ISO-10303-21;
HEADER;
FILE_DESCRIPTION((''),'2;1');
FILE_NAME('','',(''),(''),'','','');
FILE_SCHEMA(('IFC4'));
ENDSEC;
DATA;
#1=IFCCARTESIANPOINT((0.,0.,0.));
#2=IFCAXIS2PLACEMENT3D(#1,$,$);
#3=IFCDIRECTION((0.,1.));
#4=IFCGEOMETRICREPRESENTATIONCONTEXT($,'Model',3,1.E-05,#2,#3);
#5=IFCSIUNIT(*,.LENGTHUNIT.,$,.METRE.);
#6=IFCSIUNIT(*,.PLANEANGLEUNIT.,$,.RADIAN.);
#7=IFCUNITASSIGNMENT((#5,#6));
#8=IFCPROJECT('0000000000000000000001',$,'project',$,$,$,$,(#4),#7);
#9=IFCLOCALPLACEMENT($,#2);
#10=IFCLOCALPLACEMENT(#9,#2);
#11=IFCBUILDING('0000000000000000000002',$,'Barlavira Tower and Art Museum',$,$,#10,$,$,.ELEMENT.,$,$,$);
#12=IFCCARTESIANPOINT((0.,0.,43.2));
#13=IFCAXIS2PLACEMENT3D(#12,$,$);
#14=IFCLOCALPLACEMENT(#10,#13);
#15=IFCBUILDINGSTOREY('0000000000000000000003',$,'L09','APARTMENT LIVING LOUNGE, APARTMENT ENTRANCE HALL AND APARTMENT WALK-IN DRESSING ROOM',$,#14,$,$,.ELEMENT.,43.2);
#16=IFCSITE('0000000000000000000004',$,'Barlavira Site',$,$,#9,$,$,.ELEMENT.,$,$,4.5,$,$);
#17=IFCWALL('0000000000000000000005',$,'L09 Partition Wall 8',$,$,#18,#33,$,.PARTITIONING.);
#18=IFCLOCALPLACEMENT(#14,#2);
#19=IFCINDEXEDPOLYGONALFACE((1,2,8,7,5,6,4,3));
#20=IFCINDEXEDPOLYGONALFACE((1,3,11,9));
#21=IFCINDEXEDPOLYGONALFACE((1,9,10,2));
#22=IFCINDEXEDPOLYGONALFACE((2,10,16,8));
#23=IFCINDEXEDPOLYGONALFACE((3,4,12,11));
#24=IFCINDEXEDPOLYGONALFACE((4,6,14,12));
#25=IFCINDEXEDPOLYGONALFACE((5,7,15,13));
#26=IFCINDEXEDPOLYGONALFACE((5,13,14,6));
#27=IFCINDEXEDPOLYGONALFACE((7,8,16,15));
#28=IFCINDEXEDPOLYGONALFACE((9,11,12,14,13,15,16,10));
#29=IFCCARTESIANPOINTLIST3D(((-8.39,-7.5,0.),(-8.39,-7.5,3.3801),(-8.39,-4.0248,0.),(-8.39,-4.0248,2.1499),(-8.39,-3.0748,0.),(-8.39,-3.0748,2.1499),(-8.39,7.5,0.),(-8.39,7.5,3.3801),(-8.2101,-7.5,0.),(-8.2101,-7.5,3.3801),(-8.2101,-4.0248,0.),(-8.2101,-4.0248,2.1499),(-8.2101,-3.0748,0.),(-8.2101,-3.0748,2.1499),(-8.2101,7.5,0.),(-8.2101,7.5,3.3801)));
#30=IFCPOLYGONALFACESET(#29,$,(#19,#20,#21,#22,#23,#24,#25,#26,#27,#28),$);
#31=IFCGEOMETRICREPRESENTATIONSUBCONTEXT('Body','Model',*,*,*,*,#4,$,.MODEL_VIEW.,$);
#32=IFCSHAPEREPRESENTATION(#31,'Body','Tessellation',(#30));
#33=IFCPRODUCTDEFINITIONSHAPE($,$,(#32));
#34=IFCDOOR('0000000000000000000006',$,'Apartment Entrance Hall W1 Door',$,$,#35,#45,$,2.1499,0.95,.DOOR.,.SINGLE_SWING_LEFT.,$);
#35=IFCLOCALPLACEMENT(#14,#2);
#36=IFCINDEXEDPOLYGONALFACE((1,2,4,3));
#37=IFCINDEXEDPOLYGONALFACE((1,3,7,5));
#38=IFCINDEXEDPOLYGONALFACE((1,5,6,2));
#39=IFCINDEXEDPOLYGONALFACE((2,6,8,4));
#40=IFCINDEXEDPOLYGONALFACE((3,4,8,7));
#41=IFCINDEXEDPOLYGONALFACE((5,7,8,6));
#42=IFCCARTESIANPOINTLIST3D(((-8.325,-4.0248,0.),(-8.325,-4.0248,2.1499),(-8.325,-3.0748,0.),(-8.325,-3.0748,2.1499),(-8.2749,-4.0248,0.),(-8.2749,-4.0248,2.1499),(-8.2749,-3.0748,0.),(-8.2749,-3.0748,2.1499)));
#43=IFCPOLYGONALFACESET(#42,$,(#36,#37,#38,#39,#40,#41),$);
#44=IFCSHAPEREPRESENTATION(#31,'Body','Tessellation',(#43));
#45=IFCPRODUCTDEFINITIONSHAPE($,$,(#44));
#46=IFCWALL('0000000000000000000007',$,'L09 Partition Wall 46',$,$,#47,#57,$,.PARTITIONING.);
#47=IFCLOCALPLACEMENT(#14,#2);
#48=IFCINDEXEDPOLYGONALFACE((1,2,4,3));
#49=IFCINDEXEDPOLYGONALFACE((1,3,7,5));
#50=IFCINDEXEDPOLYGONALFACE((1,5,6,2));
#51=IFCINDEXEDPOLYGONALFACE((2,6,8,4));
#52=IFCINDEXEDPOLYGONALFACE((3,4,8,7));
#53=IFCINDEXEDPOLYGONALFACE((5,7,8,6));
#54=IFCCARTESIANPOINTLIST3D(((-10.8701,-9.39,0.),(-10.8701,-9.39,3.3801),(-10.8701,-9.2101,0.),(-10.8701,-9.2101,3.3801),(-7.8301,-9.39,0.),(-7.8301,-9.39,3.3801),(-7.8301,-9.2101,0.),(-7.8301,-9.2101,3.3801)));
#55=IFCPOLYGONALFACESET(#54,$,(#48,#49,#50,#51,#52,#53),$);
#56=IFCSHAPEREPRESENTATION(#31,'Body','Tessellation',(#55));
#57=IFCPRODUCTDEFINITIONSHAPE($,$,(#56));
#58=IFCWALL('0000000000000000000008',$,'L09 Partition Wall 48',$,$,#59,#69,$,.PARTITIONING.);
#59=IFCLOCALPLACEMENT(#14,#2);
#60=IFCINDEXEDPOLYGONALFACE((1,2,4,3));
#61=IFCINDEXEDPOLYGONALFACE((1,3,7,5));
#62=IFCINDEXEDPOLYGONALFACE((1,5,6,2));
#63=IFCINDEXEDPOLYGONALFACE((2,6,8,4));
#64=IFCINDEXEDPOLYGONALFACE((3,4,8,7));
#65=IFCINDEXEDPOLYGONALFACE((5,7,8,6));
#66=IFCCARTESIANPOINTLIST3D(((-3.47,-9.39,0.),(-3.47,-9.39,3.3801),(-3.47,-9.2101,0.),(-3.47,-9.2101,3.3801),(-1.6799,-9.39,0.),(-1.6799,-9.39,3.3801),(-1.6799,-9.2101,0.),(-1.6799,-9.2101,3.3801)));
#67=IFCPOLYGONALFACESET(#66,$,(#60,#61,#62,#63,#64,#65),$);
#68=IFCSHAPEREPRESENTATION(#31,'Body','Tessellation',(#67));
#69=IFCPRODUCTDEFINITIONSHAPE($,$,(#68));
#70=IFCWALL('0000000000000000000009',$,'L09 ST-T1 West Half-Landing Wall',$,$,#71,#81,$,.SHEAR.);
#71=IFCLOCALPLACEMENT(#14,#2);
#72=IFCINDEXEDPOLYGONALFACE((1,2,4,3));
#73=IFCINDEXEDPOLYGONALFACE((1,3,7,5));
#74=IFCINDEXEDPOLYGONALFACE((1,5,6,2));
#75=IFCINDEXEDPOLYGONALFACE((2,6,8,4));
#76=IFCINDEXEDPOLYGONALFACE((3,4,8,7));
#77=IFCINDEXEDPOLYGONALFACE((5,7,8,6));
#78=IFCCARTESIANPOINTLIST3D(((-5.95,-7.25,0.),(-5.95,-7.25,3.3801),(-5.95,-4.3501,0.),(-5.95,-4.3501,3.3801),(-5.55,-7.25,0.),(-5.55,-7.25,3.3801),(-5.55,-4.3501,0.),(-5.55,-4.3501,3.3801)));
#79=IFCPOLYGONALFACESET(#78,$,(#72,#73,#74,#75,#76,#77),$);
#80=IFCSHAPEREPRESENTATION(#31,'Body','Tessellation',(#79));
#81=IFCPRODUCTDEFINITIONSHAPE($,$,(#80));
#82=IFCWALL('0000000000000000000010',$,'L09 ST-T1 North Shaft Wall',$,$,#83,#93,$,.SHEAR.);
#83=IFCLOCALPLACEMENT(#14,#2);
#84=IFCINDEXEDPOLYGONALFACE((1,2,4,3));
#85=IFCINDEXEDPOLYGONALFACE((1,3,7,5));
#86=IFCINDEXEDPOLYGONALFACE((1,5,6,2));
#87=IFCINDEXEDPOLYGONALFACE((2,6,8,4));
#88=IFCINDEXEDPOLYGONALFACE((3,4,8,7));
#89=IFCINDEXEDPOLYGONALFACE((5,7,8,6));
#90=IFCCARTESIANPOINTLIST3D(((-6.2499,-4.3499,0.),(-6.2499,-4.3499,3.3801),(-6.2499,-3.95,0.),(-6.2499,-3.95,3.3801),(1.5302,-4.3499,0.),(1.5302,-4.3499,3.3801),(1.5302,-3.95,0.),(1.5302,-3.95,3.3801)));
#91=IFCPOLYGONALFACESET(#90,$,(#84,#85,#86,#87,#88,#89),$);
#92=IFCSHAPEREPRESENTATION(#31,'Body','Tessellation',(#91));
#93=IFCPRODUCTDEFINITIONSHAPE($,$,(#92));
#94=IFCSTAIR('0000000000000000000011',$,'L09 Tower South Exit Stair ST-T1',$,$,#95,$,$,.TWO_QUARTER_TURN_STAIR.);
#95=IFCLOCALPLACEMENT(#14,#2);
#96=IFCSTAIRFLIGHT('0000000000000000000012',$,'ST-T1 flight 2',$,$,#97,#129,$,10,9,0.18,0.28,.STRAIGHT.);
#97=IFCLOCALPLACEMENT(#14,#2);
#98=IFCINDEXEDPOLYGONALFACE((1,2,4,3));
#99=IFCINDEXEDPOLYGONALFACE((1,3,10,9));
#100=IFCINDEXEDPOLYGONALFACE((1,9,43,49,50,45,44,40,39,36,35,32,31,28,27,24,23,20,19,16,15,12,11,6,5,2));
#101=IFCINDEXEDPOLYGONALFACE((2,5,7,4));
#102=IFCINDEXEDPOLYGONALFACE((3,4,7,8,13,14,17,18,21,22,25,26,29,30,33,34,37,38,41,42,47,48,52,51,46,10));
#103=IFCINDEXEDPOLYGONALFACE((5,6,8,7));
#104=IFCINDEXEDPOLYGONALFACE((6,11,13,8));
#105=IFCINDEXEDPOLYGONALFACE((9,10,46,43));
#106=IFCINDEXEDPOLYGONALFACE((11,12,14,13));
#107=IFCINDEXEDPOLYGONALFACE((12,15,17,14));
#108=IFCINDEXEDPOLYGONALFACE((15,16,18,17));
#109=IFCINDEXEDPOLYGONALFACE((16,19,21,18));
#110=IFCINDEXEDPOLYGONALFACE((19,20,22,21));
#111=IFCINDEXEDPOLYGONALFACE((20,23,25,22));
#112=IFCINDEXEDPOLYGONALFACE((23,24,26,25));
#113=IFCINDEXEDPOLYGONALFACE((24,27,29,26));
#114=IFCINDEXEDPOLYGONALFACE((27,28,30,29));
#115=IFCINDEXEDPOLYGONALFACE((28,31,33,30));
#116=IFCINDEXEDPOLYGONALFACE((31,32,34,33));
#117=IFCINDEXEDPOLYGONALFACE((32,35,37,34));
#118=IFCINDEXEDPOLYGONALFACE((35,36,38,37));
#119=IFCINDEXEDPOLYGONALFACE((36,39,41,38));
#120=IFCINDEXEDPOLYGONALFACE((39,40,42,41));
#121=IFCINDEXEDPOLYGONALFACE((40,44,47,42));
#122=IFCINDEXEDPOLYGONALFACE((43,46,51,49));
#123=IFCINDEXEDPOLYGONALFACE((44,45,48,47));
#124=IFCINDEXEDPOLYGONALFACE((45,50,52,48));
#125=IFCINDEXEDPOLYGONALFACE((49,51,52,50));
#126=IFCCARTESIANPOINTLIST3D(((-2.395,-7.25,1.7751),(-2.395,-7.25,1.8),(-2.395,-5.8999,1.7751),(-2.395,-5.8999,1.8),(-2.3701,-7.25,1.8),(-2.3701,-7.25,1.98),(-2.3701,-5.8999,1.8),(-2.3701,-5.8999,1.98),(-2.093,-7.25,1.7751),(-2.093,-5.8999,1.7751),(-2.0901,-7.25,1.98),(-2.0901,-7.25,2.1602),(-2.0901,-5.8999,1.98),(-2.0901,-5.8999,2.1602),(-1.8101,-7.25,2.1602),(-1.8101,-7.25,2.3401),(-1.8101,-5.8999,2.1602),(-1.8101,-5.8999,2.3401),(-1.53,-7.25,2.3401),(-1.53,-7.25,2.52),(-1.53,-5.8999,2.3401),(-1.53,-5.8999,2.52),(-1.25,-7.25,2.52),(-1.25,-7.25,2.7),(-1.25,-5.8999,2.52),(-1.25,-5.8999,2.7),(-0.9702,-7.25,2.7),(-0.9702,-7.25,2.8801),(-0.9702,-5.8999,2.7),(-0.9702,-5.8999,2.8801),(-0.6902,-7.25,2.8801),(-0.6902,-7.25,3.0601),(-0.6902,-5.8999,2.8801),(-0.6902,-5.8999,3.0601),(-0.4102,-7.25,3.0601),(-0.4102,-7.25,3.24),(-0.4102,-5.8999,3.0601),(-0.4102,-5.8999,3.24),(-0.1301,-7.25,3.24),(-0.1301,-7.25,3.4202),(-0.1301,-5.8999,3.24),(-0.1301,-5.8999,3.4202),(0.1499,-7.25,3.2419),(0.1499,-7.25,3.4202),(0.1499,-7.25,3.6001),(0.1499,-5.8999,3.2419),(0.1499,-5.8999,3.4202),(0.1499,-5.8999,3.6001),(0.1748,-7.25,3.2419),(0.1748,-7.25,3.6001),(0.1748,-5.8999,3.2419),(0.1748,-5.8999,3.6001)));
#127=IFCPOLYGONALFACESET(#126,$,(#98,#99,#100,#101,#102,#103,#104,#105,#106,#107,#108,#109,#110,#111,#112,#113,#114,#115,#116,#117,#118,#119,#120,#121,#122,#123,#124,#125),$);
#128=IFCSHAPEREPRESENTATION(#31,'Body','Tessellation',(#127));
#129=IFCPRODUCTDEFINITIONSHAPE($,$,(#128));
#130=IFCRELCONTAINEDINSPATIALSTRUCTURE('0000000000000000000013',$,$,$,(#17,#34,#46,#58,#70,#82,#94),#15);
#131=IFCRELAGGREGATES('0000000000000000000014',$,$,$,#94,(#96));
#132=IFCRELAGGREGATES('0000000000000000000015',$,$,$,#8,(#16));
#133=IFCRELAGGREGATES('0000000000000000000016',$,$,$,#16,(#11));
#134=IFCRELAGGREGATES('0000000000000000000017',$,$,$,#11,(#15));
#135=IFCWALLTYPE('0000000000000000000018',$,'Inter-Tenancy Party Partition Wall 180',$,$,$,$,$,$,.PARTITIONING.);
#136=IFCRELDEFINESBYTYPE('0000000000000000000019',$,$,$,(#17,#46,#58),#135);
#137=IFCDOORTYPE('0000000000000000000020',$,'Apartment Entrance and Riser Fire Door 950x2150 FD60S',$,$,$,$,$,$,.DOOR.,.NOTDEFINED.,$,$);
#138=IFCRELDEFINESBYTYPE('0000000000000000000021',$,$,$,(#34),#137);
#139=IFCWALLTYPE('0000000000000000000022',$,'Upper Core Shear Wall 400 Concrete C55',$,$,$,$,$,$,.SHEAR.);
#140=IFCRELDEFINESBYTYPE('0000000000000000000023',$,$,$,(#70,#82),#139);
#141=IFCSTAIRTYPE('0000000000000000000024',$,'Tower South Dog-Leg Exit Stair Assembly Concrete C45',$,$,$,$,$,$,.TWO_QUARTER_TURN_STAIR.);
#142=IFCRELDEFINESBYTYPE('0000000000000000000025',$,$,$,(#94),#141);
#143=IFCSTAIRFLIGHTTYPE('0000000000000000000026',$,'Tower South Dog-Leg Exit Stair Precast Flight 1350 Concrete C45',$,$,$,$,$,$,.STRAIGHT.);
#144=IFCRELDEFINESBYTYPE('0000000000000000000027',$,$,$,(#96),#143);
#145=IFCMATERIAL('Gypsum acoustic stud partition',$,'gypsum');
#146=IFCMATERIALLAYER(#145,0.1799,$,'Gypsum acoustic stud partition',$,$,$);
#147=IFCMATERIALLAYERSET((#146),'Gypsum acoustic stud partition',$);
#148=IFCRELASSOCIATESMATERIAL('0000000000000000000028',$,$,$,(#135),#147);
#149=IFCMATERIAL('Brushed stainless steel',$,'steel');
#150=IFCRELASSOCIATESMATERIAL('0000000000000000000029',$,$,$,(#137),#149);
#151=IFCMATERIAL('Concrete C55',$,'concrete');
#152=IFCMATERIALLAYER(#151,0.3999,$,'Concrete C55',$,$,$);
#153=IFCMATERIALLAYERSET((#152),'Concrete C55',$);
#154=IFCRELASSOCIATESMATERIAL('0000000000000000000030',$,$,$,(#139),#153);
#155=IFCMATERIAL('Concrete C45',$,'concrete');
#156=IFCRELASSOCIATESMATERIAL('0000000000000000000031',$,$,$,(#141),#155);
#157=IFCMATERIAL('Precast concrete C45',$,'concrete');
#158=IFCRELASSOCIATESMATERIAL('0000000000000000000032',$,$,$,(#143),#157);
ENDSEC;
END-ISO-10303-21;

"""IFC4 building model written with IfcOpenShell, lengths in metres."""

from ifc_helpers import new_model, si_unit, direction, frame, frame_2d, origin, place, context, subcontext, project, spatial, polyline, rectangle, outline, extrude, material, layer, layer_set, type_object, element, fill, aggregate, save


model = new_model("IFC4")

# Units and contexts
model_context = context("Model", 3, precision=1e-05, world=origin(), true_north=direction((0.0, 1.0)))
body_context = subcontext(model_context, "Body", "Model", "MODEL_VIEW")
ifc_project = project(units=[si_unit("LENGTHUNIT", "METRE"), si_unit("PLANEANGLEUNIT", "RADIAN")], contexts=[model_context])

# Site, building, storey
site_placement = place(None, origin())
site = spatial("IfcSite", under=ifc_project, at=site_placement, Name="Barlavira Site", CompositionType="ELEMENT", RefElevation=4.5)
building_placement = place(site_placement, origin())
building = spatial("IfcBuilding", under=site, at=building_placement, Name="Barlavira Tower and Art Museum", CompositionType="ELEMENT")
storey_placement = place(building_placement, frame((0.0, 0.0, 43.2)))
storey = spatial("IfcBuildingStorey", under=building, at=storey_placement, Name="L09", Description="APARTMENT LIVING LOUNGE, APARTMENT ENTRANCE HALL AND APARTMENT WALK-IN DRESSING ROOM", CompositionType="ELEMENT", Elevation=43.2)

# Shared definitions
ifc_material_1 = material(Name="Brushed stainless steel", Category="steel")

# Wall, opening, door
ifc_material_2 = material(Name="Gypsum acoustic stud partition", Category="gypsum")
ifc_layer_1 = layer(ifc_material_2, 0.1799, Name="Gypsum acoustic stud partition")
ifc_layer_set_1 = layer_set([ifc_layer_1], Name="Gypsum acoustic stud partition")
wall_type_1 = type_object("IfcWallType", Name="Inter-Tenancy Party Partition Wall 180", PredefinedType="PARTITIONING", material=ifc_layer_set_1)
wall_1_placement = place(storey_placement, frame((-8.3, -7.5, 0.0), z_axis=(0.0, 0.0, 1.0), x_axis=(0.0, 1.0, 0.0)))
wall_1 = element("IfcWall", 1, at=wall_1_placement, inside=storey, type_object=wall_type_1, Name="L09 Partition Wall 8", PredefinedType="PARTITIONING", context=body_context, shape_type="SweptSolid", body=[
    extrude(rectangle(XDim=15.0, YDim=0.1799, at=frame_2d((7.5, 0.0))), origin(), (0.0, 0.0, 1.0), 3.3801),
])
opening_1_placement = place(wall_1_placement, frame((3.4751, 0.0, 0.0)))
opening_1 = element("IfcOpeningElement", 2, at=opening_1_placement, cuts=wall_1, PredefinedType="OPENING", context=body_context, shape_type="SweptSolid", body=[
    extrude(rectangle(XDim=0.95, YDim=2.1499, at=frame_2d((0.4751, 1.075))), frame((0.0, 0.1001, 0.0), z_axis=(0.0, -1.0, 0.0), x_axis=(1.0, 0.0, 0.0)), (0.0, 0.0, 1.0), 0.2),
])
door_type_1 = type_object("IfcDoorType", Name="Apartment Entrance and Riser Fire Door 950x2150 FD60S", OperationType="NOTDEFINED", PredefinedType="DOOR", material=ifc_material_1)
door_1_placement = place(opening_1_placement, origin())
door_1 = element("IfcDoor", 3, at=door_1_placement, inside=storey, type_object=door_type_1, Name="Apartment Entrance Hall W1 Door", OperationType="SINGLE_SWING_LEFT", OverallHeight=2.1499, OverallWidth=0.95, PredefinedType="DOOR", context=body_context, shape_type="SweptSolid", body=[
    extrude(rectangle(XDim=0.95, YDim=2.1499, at=frame_2d((0.4751, 1.075))), frame((0.0, 0.0249, 0.0), z_axis=(0.0, -1.0, 0.0), x_axis=(1.0, 0.0, 0.0)), (0.0, 0.0, 1.0), 0.05),
])
fill(opening_1, door_1)

# Wall
wall_2_placement = place(storey_placement, frame((-10.8701, -9.3, 0.0), z_axis=(0.0, 0.0, 1.0), x_axis=(1.0, 0.0, 0.0)))
element("IfcWall", 4, at=wall_2_placement, inside=storey, type_object=wall_type_1, Name="L09 Partition Wall 46", PredefinedType="PARTITIONING", context=body_context, shape_type="SweptSolid", body=[
    extrude(rectangle(XDim=3.04, YDim=0.1799, at=frame_2d((1.52, 0.0))), origin(), (0.0, 0.0, 1.0), 3.3801),
])

# Walls
wall_3_placement = place(storey_placement, frame((-3.47, -9.3, 0.0), z_axis=(0.0, 0.0, 1.0), x_axis=(1.0, 0.0, 0.0)))
element("IfcWall", 5, at=wall_3_placement, inside=storey, type_object=wall_type_1, Name="L09 Partition Wall 48", PredefinedType="PARTITIONING", context=body_context, shape_type="SweptSolid", body=[
    extrude(rectangle(XDim=1.79, YDim=0.1799, at=frame_2d((0.895, 0.0))), origin(), (0.0, 0.0, 1.0), 3.3801),
])
ifc_material_3 = material(Name="Concrete C55", Category="concrete")
ifc_layer_2 = layer(ifc_material_3, 0.3999, Name="Concrete C55")
ifc_layer_set_2 = layer_set([ifc_layer_2], Name="Concrete C55")
wall_type_2 = type_object("IfcWallType", Name="Upper Core Shear Wall 400 Concrete C55", PredefinedType="SHEAR", material=ifc_layer_set_2)
wall_4_placement = place(storey_placement, frame((-5.75, -7.25, 0.0), z_axis=(0.0, 0.0, 1.0), x_axis=(0.0, 1.0, 0.0)))
element("IfcWall", 6, at=wall_4_placement, inside=storey, type_object=wall_type_2, Name="L09 ST-T1 West Half-Landing Wall", PredefinedType="SHEAR", context=body_context, shape_type="SweptSolid", body=[
    extrude(rectangle(XDim=2.8999, YDim=0.3999, at=frame_2d((1.45, 0.0))), origin(), (0.0, 0.0, 1.0), 3.3801),
])
wall_5_placement = place(storey_placement, frame((-6.25, -4.1499, 0.0), z_axis=(0.0, 0.0, 1.0), x_axis=(1.0, 0.0, 0.0)))
element("IfcWall", 7, at=wall_5_placement, inside=storey, type_object=wall_type_2, Name="L09 ST-T1 North Shaft Wall", PredefinedType="SHEAR", context=body_context, shape_type="SweptSolid", body=[
    extrude(rectangle(XDim=7.78, YDim=0.3999, at=frame_2d((3.8901, 0.0))), origin(), (0.0, 0.0, 1.0), 3.3801),
])

# Stair, stair flight
ifc_material_4 = material(Name="Concrete C45", Category="concrete")
stair_type = type_object("IfcStairType", Name="Tower South Dog-Leg Exit Stair Assembly Concrete C45", PredefinedType="TWO_QUARTER_TURN_STAIR", material=ifc_material_4)
stair_placement = place(storey_placement, origin())
stair = element("IfcStair", 8, at=stair_placement, inside=storey, type_object=stair_type, Name="L09 Tower South Exit Stair ST-T1", PredefinedType="TWO_QUARTER_TURN_STAIR")
ifc_material_5 = material(Name="Precast concrete C45", Category="concrete")
stair_flight_type = type_object("IfcStairFlightType", Name="Tower South Dog-Leg Exit Stair Precast Flight 1350 Concrete C45", PredefinedType="STRAIGHT", material=ifc_material_5)
stair_flight_placement = place(storey_placement, frame((-2.3701, -6.575, 1.8), z_axis=(0.0, 0.0, 1.0), x_axis=(1.0, 0.0, 0.0)))
stair_flight = element("IfcStairFlight", 9, at=stair_flight_placement, type_object=stair_flight_type, Name="ST-T1 flight 2", NumberOfRisers=10, NumberOfTreads=9, PredefinedType="STRAIGHT", RiserHeight=0.18, TreadLength=0.28, context=body_context, shape_type="SweptSolid", body=[
    extrude(outline(polyline([(-0.0249, 0.0), (0.0, 0.0), (0.0, 0.1799), (0.28, 0.1799), (0.28, 0.3601), (0.5601, 0.3601), (0.5601, 0.54), (0.8401, 0.54), (0.8401, 0.72), (1.1201, 0.72), (1.1201, 0.8999), (1.3999, 0.8999), (1.3999, 1.0801), (1.6799, 1.0801), (1.6799, 1.26), (1.96, 1.26), (1.96, 1.4399), (2.24, 1.4399), (2.24, 1.6201), (2.52, 1.6201), (2.52, 1.8), (2.5449, 1.8), (2.5449, 1.4419), (2.52, 1.4419), (0.2771, -0.0249), (-0.0249, -0.0249), (-0.0249, 0.0)])), frame((0.0, 0.675, 0.0), z_axis=(0.0, -1.0, 0.0), x_axis=(1.0, 0.0, 0.0)), (0.0, 0.0, 1.0), 1.3501),
])
aggregate(stair, [stair_flight])

save(model, "model.ifc")
